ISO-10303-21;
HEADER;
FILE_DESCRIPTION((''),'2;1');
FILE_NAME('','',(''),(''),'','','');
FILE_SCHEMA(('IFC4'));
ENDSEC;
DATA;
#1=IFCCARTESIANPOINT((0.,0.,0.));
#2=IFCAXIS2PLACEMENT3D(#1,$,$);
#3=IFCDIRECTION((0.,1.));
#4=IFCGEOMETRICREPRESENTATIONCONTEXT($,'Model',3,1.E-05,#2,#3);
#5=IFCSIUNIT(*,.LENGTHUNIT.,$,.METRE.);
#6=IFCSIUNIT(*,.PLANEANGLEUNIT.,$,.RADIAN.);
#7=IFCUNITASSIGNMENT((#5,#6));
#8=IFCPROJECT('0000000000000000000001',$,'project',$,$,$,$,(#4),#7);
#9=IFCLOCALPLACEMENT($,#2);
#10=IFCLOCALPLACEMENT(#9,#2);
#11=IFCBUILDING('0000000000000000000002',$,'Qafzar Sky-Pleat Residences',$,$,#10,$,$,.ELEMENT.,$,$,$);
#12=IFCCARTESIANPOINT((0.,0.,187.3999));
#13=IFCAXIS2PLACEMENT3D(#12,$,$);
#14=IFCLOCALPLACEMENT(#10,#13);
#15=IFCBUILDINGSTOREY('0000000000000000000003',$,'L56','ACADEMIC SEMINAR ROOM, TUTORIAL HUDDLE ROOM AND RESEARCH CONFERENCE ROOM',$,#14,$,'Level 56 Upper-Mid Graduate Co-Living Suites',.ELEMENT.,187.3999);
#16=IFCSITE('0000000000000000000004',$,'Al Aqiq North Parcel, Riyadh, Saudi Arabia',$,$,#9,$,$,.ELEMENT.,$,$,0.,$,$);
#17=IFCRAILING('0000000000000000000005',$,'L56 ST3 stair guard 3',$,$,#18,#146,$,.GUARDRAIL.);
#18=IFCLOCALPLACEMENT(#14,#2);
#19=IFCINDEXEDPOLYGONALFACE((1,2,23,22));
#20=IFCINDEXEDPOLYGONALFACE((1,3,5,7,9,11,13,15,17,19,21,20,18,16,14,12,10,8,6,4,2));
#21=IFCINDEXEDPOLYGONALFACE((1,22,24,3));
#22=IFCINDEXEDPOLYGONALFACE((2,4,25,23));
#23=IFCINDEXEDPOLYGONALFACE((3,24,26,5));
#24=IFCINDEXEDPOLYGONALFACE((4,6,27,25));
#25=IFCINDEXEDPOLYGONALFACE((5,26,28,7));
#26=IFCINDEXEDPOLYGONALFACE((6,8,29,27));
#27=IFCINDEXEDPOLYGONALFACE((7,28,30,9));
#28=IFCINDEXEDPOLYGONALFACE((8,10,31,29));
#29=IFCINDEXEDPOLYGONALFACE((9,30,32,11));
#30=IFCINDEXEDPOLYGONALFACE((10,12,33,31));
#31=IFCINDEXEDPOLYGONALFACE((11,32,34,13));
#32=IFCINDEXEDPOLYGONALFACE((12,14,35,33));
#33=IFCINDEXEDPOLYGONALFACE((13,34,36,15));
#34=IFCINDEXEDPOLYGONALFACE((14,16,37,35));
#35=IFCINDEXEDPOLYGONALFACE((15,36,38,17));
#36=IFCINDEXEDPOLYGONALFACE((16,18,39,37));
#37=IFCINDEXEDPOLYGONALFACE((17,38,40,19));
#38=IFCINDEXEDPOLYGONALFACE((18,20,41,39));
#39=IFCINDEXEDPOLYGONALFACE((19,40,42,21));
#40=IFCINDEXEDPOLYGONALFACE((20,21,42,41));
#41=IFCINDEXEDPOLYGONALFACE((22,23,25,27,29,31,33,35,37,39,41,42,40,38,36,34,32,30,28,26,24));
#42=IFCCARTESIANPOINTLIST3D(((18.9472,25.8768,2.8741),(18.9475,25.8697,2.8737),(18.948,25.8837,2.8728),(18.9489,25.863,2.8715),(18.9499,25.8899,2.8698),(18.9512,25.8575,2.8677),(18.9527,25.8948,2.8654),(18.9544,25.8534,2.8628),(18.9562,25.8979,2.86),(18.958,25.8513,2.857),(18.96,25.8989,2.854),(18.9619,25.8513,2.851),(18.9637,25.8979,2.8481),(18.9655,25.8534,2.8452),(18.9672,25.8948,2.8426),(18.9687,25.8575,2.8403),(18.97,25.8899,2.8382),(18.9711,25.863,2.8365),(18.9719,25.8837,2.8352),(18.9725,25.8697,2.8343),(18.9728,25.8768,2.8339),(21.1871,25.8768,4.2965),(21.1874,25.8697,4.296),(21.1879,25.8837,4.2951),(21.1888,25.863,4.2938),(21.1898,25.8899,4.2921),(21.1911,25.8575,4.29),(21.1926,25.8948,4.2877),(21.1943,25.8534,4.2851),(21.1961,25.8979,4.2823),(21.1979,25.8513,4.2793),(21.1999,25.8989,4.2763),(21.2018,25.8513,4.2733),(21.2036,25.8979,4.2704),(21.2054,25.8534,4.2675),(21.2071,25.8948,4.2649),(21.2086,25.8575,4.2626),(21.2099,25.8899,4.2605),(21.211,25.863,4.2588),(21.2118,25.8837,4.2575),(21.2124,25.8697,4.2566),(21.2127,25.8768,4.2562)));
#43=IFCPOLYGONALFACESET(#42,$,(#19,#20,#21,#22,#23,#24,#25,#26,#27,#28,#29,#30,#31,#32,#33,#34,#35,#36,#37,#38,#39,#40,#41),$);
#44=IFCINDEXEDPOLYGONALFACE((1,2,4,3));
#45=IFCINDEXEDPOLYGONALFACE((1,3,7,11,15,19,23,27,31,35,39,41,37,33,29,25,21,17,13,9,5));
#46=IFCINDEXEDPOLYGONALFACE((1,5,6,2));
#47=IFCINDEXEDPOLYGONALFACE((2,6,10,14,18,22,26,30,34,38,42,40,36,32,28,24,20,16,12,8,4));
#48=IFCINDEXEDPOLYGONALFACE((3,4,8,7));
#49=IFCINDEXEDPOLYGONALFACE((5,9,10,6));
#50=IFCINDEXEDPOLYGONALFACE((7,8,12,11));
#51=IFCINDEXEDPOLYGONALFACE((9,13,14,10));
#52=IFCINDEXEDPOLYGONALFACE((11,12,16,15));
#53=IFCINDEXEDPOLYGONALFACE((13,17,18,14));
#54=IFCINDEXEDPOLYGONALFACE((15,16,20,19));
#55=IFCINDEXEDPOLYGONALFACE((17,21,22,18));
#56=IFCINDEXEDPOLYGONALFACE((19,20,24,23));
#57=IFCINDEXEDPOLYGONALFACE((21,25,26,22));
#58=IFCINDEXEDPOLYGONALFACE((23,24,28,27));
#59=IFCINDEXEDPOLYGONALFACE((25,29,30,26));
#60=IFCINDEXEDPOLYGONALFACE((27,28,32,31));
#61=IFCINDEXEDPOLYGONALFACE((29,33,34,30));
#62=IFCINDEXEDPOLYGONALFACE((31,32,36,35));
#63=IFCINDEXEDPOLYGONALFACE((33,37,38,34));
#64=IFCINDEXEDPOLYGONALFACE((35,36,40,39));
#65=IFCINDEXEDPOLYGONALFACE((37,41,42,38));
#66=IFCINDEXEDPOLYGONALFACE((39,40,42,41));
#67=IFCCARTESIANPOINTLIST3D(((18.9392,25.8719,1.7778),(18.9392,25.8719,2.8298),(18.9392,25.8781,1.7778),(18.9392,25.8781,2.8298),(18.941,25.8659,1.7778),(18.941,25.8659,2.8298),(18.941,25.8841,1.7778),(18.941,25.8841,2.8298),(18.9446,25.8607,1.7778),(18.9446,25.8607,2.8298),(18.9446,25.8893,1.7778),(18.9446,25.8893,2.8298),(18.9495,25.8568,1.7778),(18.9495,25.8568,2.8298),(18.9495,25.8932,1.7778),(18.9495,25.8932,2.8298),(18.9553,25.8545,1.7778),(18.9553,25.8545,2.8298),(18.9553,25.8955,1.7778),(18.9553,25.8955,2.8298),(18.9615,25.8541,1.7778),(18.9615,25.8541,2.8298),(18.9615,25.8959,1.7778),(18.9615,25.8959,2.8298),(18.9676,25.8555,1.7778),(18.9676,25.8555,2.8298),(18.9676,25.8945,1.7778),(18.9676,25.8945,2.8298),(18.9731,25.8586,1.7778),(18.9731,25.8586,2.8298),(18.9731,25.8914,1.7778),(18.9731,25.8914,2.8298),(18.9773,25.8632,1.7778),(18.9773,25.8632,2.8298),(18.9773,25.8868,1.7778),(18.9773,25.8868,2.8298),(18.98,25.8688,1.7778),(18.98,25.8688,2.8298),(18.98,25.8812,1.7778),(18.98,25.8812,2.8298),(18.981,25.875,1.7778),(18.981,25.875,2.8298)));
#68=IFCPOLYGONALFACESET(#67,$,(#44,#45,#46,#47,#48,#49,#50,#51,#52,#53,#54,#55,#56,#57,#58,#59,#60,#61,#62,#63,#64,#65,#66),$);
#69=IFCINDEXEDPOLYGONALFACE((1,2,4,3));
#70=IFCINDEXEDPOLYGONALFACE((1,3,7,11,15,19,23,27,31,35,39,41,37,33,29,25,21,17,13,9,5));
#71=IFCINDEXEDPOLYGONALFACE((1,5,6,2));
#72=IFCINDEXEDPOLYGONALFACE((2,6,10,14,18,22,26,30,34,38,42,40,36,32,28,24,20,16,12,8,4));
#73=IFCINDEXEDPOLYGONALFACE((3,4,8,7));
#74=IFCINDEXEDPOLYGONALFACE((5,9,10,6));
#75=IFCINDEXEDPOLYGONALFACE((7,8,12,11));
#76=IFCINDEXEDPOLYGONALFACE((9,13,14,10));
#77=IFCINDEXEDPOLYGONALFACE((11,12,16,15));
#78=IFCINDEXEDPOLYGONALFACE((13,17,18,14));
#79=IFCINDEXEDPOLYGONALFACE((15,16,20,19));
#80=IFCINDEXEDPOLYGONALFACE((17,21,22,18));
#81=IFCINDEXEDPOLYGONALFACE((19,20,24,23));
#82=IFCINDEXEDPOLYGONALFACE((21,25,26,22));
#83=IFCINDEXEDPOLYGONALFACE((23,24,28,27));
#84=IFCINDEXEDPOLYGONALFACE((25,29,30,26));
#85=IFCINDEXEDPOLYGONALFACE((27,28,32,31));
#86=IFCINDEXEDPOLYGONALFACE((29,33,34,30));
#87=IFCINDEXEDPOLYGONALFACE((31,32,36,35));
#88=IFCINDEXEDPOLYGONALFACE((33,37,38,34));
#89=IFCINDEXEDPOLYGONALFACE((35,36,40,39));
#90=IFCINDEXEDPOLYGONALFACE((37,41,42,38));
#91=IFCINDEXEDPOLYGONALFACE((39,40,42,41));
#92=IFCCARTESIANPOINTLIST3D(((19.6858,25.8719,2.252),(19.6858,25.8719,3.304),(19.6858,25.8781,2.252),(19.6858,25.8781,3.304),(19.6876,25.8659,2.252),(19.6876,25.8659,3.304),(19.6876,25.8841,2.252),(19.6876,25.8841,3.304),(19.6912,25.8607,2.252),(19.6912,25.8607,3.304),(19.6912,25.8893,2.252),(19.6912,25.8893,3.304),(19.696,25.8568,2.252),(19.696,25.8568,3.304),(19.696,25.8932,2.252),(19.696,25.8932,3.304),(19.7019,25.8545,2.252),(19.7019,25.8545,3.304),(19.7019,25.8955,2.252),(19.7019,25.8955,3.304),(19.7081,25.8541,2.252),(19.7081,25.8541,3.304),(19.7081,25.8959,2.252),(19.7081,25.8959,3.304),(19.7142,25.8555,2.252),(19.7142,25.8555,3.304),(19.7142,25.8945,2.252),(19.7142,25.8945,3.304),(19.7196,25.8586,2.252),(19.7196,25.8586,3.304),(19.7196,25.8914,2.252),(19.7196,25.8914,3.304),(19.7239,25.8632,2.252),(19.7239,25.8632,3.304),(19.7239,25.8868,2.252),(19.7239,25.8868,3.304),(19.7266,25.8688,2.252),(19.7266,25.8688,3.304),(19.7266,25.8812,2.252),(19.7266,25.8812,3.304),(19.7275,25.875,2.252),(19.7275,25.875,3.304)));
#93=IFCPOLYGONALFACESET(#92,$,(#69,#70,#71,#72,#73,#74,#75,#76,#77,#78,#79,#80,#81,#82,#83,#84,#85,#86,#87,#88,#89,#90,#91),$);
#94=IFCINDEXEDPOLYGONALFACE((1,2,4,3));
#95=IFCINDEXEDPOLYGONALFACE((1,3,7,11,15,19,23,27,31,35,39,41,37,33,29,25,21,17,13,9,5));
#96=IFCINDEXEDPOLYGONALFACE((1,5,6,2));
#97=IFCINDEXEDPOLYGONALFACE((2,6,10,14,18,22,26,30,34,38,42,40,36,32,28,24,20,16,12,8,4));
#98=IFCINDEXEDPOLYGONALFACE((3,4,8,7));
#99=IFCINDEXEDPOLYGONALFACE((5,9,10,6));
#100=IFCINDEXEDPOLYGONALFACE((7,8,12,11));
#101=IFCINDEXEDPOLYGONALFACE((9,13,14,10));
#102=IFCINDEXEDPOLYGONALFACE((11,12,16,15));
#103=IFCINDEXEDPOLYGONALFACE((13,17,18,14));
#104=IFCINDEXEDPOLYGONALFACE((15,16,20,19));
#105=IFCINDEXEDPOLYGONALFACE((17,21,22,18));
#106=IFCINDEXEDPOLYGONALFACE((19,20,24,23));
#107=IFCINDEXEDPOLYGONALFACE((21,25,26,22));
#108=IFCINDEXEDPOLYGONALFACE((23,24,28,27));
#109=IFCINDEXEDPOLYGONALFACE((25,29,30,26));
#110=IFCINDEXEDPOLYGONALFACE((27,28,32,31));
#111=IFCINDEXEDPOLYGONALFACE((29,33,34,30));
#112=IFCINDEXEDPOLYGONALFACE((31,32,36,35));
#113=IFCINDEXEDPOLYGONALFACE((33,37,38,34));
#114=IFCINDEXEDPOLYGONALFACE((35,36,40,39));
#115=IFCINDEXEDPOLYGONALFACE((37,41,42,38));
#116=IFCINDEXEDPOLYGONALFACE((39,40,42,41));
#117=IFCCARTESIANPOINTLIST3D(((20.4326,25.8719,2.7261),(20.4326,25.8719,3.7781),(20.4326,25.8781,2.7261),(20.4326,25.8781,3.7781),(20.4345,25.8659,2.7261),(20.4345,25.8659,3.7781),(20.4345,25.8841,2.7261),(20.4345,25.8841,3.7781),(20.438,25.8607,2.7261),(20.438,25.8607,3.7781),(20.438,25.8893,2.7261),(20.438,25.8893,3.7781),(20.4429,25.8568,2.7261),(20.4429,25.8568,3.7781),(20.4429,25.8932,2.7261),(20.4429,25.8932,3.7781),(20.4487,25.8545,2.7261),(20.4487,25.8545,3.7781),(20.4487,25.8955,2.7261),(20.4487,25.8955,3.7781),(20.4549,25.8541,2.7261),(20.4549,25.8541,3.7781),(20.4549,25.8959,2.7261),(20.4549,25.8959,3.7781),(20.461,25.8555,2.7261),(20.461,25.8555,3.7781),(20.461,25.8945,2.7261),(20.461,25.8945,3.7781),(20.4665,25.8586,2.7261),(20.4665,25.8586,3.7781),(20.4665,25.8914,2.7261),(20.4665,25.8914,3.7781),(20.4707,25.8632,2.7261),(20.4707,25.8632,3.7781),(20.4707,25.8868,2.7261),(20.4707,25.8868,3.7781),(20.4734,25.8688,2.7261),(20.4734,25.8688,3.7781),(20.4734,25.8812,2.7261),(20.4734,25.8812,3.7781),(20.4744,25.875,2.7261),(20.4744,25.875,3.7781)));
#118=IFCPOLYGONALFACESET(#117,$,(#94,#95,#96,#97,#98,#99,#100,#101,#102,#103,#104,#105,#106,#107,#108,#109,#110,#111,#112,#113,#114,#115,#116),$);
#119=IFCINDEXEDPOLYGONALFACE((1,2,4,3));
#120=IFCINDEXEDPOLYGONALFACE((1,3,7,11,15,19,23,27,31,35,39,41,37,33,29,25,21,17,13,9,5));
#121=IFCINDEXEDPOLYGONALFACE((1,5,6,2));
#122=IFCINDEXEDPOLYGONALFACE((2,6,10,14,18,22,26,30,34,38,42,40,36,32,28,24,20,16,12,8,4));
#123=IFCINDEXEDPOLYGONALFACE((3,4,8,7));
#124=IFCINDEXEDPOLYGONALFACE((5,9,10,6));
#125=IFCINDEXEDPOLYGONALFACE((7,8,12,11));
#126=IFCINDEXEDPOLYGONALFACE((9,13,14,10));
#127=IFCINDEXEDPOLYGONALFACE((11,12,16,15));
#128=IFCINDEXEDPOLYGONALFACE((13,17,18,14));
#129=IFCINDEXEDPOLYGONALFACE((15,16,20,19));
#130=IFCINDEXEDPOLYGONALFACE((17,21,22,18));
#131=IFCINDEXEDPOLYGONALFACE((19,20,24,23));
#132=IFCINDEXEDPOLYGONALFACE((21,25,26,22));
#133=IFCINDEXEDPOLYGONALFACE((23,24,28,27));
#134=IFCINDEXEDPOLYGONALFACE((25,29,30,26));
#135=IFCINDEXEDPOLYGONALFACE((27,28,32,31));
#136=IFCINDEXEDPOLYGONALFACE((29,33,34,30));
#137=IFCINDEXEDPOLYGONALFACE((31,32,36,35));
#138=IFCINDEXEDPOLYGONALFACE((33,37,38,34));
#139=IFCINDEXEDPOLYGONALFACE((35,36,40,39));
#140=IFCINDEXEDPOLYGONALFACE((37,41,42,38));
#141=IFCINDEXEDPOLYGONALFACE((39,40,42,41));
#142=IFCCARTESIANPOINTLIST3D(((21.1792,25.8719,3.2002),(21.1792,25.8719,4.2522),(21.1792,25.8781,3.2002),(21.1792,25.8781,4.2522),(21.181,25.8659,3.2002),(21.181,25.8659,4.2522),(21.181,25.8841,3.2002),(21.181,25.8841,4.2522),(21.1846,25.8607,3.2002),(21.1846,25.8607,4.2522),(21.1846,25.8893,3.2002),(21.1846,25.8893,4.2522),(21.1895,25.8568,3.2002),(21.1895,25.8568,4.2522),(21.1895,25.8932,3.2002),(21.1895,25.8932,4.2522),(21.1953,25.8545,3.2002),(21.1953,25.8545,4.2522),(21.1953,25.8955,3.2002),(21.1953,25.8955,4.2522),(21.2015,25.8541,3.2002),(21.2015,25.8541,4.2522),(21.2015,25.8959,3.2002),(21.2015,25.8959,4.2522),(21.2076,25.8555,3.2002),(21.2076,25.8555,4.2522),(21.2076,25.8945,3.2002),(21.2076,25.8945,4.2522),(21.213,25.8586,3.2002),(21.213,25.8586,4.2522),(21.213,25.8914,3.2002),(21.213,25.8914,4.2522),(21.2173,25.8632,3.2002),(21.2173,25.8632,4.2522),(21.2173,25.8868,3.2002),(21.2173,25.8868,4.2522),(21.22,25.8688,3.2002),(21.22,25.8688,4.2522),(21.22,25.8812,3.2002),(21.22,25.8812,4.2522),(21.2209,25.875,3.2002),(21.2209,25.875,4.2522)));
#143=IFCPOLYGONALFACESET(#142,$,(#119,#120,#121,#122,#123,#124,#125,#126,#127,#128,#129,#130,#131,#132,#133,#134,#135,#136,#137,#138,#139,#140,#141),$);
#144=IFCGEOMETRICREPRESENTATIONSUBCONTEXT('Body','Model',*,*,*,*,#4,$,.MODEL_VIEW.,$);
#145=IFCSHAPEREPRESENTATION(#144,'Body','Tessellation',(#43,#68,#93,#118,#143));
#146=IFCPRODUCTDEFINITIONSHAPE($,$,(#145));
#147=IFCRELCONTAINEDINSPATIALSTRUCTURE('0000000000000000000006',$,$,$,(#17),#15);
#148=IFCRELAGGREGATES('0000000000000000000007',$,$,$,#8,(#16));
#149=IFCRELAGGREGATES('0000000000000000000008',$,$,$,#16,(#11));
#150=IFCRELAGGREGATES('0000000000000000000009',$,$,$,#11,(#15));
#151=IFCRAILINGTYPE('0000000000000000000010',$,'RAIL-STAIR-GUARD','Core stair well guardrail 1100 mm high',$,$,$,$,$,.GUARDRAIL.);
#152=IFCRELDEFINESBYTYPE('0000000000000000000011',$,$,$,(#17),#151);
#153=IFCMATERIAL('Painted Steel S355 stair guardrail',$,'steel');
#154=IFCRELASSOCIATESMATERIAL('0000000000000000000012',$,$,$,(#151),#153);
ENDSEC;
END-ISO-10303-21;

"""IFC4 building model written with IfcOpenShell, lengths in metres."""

from ifc_helpers import new_model, si_unit, direction, frame, origin, origin_2d, place, context, subcontext, project, spatial, circle, extrude, source, transform, mapped, material, type_object, element, save


model = new_model("IFC4")

# Units and contexts
model_context = context("Model", 3, precision=1e-05, world=origin(), true_north=direction((0.0, 1.0)))
body_context = subcontext(model_context, "Body", "Model", "MODEL_VIEW")
ifc_project = project(units=[si_unit("LENGTHUNIT", "METRE"), si_unit("PLANEANGLEUNIT", "RADIAN")], contexts=[model_context])

# Site, building, storey
site_placement = place(None, origin())
site = spatial("IfcSite", under=ifc_project, at=site_placement, Name="Al Aqiq North Parcel, Riyadh, Saudi Arabia", CompositionType="ELEMENT", RefElevation=0.0)
building_placement = place(site_placement, origin())
building = spatial("IfcBuilding", under=site, at=building_placement, Name="Qafzar Sky-Pleat Residences", CompositionType="ELEMENT")
storey_placement = place(building_placement, frame((0.0, 0.0, 187.3999)))
storey = spatial("IfcBuildingStorey", under=building, at=storey_placement, Name="L56", Description="ACADEMIC SEMINAR ROOM, TUTORIAL HUDDLE ROOM AND RESEARCH CONFERENCE ROOM", LongName="Level 56 Upper-Mid Graduate Co-Living Suites", CompositionType="ELEMENT", Elevation=187.3999)

# Railing
ifc_material_1 = material(Name="Painted Steel S355 stair guardrail", Category="steel")
railing_type_1 = type_object("IfcRailingType", Name="RAIL-STAIR-GUARD", Description="Core stair well guardrail 1100 mm high", PredefinedType="GUARDRAIL", material=ifc_material_1)
shared_shape_1 = source(origin(), body_context, "Body", "SweptSolid", [
    extrude(circle(Radius=0.0239, at=origin_2d()), frame((0.0, 0.0, 1.0762), z_axis=(0.844188, 0.0, 0.536048), x_axis=(0.0, 1.0, 0.0)), (0.0, 0.0, 1.0), 2.6533),
    extrude(circle(Radius=0.021, at=origin_2d()), origin(), (0.0, 0.0, 1.0), 1.052),
    extrude(circle(Radius=0.021, at=origin_2d()), frame((0.7466, 0.0, 0.4741)), (0.0, 0.0, 1.0), 1.052),
    extrude(circle(Radius=0.021, at=origin_2d()), frame((1.4934, 0.0, 0.9482)), (0.0, 0.0, 1.0), 1.052),
    extrude(circle(Radius=0.021, at=origin_2d()), frame((2.24, 0.0, 1.4224)), (0.0, 0.0, 1.0), 1.052),
])
railing_1_placement = place(storey_placement, frame((18.96, 25.875, 1.7778)))
element("IfcRailing", 1, at=railing_1_placement, inside=storey, type_object=railing_type_1, Name="L56 ST3 stair guard 3", PredefinedType="GUARDRAIL", context=body_context, shape_type="MappedRepresentation", body=[
    mapped(shared_shape_1, transform((0.0, 0.0, 0.0), x_axis=(1.0, 0.0, 0.0), y_axis=(0.0, 1.0, 0.0), z_axis=(0.0, 0.0, 1.0), scale=1.0)),
])

save(model, "model.ifc")
